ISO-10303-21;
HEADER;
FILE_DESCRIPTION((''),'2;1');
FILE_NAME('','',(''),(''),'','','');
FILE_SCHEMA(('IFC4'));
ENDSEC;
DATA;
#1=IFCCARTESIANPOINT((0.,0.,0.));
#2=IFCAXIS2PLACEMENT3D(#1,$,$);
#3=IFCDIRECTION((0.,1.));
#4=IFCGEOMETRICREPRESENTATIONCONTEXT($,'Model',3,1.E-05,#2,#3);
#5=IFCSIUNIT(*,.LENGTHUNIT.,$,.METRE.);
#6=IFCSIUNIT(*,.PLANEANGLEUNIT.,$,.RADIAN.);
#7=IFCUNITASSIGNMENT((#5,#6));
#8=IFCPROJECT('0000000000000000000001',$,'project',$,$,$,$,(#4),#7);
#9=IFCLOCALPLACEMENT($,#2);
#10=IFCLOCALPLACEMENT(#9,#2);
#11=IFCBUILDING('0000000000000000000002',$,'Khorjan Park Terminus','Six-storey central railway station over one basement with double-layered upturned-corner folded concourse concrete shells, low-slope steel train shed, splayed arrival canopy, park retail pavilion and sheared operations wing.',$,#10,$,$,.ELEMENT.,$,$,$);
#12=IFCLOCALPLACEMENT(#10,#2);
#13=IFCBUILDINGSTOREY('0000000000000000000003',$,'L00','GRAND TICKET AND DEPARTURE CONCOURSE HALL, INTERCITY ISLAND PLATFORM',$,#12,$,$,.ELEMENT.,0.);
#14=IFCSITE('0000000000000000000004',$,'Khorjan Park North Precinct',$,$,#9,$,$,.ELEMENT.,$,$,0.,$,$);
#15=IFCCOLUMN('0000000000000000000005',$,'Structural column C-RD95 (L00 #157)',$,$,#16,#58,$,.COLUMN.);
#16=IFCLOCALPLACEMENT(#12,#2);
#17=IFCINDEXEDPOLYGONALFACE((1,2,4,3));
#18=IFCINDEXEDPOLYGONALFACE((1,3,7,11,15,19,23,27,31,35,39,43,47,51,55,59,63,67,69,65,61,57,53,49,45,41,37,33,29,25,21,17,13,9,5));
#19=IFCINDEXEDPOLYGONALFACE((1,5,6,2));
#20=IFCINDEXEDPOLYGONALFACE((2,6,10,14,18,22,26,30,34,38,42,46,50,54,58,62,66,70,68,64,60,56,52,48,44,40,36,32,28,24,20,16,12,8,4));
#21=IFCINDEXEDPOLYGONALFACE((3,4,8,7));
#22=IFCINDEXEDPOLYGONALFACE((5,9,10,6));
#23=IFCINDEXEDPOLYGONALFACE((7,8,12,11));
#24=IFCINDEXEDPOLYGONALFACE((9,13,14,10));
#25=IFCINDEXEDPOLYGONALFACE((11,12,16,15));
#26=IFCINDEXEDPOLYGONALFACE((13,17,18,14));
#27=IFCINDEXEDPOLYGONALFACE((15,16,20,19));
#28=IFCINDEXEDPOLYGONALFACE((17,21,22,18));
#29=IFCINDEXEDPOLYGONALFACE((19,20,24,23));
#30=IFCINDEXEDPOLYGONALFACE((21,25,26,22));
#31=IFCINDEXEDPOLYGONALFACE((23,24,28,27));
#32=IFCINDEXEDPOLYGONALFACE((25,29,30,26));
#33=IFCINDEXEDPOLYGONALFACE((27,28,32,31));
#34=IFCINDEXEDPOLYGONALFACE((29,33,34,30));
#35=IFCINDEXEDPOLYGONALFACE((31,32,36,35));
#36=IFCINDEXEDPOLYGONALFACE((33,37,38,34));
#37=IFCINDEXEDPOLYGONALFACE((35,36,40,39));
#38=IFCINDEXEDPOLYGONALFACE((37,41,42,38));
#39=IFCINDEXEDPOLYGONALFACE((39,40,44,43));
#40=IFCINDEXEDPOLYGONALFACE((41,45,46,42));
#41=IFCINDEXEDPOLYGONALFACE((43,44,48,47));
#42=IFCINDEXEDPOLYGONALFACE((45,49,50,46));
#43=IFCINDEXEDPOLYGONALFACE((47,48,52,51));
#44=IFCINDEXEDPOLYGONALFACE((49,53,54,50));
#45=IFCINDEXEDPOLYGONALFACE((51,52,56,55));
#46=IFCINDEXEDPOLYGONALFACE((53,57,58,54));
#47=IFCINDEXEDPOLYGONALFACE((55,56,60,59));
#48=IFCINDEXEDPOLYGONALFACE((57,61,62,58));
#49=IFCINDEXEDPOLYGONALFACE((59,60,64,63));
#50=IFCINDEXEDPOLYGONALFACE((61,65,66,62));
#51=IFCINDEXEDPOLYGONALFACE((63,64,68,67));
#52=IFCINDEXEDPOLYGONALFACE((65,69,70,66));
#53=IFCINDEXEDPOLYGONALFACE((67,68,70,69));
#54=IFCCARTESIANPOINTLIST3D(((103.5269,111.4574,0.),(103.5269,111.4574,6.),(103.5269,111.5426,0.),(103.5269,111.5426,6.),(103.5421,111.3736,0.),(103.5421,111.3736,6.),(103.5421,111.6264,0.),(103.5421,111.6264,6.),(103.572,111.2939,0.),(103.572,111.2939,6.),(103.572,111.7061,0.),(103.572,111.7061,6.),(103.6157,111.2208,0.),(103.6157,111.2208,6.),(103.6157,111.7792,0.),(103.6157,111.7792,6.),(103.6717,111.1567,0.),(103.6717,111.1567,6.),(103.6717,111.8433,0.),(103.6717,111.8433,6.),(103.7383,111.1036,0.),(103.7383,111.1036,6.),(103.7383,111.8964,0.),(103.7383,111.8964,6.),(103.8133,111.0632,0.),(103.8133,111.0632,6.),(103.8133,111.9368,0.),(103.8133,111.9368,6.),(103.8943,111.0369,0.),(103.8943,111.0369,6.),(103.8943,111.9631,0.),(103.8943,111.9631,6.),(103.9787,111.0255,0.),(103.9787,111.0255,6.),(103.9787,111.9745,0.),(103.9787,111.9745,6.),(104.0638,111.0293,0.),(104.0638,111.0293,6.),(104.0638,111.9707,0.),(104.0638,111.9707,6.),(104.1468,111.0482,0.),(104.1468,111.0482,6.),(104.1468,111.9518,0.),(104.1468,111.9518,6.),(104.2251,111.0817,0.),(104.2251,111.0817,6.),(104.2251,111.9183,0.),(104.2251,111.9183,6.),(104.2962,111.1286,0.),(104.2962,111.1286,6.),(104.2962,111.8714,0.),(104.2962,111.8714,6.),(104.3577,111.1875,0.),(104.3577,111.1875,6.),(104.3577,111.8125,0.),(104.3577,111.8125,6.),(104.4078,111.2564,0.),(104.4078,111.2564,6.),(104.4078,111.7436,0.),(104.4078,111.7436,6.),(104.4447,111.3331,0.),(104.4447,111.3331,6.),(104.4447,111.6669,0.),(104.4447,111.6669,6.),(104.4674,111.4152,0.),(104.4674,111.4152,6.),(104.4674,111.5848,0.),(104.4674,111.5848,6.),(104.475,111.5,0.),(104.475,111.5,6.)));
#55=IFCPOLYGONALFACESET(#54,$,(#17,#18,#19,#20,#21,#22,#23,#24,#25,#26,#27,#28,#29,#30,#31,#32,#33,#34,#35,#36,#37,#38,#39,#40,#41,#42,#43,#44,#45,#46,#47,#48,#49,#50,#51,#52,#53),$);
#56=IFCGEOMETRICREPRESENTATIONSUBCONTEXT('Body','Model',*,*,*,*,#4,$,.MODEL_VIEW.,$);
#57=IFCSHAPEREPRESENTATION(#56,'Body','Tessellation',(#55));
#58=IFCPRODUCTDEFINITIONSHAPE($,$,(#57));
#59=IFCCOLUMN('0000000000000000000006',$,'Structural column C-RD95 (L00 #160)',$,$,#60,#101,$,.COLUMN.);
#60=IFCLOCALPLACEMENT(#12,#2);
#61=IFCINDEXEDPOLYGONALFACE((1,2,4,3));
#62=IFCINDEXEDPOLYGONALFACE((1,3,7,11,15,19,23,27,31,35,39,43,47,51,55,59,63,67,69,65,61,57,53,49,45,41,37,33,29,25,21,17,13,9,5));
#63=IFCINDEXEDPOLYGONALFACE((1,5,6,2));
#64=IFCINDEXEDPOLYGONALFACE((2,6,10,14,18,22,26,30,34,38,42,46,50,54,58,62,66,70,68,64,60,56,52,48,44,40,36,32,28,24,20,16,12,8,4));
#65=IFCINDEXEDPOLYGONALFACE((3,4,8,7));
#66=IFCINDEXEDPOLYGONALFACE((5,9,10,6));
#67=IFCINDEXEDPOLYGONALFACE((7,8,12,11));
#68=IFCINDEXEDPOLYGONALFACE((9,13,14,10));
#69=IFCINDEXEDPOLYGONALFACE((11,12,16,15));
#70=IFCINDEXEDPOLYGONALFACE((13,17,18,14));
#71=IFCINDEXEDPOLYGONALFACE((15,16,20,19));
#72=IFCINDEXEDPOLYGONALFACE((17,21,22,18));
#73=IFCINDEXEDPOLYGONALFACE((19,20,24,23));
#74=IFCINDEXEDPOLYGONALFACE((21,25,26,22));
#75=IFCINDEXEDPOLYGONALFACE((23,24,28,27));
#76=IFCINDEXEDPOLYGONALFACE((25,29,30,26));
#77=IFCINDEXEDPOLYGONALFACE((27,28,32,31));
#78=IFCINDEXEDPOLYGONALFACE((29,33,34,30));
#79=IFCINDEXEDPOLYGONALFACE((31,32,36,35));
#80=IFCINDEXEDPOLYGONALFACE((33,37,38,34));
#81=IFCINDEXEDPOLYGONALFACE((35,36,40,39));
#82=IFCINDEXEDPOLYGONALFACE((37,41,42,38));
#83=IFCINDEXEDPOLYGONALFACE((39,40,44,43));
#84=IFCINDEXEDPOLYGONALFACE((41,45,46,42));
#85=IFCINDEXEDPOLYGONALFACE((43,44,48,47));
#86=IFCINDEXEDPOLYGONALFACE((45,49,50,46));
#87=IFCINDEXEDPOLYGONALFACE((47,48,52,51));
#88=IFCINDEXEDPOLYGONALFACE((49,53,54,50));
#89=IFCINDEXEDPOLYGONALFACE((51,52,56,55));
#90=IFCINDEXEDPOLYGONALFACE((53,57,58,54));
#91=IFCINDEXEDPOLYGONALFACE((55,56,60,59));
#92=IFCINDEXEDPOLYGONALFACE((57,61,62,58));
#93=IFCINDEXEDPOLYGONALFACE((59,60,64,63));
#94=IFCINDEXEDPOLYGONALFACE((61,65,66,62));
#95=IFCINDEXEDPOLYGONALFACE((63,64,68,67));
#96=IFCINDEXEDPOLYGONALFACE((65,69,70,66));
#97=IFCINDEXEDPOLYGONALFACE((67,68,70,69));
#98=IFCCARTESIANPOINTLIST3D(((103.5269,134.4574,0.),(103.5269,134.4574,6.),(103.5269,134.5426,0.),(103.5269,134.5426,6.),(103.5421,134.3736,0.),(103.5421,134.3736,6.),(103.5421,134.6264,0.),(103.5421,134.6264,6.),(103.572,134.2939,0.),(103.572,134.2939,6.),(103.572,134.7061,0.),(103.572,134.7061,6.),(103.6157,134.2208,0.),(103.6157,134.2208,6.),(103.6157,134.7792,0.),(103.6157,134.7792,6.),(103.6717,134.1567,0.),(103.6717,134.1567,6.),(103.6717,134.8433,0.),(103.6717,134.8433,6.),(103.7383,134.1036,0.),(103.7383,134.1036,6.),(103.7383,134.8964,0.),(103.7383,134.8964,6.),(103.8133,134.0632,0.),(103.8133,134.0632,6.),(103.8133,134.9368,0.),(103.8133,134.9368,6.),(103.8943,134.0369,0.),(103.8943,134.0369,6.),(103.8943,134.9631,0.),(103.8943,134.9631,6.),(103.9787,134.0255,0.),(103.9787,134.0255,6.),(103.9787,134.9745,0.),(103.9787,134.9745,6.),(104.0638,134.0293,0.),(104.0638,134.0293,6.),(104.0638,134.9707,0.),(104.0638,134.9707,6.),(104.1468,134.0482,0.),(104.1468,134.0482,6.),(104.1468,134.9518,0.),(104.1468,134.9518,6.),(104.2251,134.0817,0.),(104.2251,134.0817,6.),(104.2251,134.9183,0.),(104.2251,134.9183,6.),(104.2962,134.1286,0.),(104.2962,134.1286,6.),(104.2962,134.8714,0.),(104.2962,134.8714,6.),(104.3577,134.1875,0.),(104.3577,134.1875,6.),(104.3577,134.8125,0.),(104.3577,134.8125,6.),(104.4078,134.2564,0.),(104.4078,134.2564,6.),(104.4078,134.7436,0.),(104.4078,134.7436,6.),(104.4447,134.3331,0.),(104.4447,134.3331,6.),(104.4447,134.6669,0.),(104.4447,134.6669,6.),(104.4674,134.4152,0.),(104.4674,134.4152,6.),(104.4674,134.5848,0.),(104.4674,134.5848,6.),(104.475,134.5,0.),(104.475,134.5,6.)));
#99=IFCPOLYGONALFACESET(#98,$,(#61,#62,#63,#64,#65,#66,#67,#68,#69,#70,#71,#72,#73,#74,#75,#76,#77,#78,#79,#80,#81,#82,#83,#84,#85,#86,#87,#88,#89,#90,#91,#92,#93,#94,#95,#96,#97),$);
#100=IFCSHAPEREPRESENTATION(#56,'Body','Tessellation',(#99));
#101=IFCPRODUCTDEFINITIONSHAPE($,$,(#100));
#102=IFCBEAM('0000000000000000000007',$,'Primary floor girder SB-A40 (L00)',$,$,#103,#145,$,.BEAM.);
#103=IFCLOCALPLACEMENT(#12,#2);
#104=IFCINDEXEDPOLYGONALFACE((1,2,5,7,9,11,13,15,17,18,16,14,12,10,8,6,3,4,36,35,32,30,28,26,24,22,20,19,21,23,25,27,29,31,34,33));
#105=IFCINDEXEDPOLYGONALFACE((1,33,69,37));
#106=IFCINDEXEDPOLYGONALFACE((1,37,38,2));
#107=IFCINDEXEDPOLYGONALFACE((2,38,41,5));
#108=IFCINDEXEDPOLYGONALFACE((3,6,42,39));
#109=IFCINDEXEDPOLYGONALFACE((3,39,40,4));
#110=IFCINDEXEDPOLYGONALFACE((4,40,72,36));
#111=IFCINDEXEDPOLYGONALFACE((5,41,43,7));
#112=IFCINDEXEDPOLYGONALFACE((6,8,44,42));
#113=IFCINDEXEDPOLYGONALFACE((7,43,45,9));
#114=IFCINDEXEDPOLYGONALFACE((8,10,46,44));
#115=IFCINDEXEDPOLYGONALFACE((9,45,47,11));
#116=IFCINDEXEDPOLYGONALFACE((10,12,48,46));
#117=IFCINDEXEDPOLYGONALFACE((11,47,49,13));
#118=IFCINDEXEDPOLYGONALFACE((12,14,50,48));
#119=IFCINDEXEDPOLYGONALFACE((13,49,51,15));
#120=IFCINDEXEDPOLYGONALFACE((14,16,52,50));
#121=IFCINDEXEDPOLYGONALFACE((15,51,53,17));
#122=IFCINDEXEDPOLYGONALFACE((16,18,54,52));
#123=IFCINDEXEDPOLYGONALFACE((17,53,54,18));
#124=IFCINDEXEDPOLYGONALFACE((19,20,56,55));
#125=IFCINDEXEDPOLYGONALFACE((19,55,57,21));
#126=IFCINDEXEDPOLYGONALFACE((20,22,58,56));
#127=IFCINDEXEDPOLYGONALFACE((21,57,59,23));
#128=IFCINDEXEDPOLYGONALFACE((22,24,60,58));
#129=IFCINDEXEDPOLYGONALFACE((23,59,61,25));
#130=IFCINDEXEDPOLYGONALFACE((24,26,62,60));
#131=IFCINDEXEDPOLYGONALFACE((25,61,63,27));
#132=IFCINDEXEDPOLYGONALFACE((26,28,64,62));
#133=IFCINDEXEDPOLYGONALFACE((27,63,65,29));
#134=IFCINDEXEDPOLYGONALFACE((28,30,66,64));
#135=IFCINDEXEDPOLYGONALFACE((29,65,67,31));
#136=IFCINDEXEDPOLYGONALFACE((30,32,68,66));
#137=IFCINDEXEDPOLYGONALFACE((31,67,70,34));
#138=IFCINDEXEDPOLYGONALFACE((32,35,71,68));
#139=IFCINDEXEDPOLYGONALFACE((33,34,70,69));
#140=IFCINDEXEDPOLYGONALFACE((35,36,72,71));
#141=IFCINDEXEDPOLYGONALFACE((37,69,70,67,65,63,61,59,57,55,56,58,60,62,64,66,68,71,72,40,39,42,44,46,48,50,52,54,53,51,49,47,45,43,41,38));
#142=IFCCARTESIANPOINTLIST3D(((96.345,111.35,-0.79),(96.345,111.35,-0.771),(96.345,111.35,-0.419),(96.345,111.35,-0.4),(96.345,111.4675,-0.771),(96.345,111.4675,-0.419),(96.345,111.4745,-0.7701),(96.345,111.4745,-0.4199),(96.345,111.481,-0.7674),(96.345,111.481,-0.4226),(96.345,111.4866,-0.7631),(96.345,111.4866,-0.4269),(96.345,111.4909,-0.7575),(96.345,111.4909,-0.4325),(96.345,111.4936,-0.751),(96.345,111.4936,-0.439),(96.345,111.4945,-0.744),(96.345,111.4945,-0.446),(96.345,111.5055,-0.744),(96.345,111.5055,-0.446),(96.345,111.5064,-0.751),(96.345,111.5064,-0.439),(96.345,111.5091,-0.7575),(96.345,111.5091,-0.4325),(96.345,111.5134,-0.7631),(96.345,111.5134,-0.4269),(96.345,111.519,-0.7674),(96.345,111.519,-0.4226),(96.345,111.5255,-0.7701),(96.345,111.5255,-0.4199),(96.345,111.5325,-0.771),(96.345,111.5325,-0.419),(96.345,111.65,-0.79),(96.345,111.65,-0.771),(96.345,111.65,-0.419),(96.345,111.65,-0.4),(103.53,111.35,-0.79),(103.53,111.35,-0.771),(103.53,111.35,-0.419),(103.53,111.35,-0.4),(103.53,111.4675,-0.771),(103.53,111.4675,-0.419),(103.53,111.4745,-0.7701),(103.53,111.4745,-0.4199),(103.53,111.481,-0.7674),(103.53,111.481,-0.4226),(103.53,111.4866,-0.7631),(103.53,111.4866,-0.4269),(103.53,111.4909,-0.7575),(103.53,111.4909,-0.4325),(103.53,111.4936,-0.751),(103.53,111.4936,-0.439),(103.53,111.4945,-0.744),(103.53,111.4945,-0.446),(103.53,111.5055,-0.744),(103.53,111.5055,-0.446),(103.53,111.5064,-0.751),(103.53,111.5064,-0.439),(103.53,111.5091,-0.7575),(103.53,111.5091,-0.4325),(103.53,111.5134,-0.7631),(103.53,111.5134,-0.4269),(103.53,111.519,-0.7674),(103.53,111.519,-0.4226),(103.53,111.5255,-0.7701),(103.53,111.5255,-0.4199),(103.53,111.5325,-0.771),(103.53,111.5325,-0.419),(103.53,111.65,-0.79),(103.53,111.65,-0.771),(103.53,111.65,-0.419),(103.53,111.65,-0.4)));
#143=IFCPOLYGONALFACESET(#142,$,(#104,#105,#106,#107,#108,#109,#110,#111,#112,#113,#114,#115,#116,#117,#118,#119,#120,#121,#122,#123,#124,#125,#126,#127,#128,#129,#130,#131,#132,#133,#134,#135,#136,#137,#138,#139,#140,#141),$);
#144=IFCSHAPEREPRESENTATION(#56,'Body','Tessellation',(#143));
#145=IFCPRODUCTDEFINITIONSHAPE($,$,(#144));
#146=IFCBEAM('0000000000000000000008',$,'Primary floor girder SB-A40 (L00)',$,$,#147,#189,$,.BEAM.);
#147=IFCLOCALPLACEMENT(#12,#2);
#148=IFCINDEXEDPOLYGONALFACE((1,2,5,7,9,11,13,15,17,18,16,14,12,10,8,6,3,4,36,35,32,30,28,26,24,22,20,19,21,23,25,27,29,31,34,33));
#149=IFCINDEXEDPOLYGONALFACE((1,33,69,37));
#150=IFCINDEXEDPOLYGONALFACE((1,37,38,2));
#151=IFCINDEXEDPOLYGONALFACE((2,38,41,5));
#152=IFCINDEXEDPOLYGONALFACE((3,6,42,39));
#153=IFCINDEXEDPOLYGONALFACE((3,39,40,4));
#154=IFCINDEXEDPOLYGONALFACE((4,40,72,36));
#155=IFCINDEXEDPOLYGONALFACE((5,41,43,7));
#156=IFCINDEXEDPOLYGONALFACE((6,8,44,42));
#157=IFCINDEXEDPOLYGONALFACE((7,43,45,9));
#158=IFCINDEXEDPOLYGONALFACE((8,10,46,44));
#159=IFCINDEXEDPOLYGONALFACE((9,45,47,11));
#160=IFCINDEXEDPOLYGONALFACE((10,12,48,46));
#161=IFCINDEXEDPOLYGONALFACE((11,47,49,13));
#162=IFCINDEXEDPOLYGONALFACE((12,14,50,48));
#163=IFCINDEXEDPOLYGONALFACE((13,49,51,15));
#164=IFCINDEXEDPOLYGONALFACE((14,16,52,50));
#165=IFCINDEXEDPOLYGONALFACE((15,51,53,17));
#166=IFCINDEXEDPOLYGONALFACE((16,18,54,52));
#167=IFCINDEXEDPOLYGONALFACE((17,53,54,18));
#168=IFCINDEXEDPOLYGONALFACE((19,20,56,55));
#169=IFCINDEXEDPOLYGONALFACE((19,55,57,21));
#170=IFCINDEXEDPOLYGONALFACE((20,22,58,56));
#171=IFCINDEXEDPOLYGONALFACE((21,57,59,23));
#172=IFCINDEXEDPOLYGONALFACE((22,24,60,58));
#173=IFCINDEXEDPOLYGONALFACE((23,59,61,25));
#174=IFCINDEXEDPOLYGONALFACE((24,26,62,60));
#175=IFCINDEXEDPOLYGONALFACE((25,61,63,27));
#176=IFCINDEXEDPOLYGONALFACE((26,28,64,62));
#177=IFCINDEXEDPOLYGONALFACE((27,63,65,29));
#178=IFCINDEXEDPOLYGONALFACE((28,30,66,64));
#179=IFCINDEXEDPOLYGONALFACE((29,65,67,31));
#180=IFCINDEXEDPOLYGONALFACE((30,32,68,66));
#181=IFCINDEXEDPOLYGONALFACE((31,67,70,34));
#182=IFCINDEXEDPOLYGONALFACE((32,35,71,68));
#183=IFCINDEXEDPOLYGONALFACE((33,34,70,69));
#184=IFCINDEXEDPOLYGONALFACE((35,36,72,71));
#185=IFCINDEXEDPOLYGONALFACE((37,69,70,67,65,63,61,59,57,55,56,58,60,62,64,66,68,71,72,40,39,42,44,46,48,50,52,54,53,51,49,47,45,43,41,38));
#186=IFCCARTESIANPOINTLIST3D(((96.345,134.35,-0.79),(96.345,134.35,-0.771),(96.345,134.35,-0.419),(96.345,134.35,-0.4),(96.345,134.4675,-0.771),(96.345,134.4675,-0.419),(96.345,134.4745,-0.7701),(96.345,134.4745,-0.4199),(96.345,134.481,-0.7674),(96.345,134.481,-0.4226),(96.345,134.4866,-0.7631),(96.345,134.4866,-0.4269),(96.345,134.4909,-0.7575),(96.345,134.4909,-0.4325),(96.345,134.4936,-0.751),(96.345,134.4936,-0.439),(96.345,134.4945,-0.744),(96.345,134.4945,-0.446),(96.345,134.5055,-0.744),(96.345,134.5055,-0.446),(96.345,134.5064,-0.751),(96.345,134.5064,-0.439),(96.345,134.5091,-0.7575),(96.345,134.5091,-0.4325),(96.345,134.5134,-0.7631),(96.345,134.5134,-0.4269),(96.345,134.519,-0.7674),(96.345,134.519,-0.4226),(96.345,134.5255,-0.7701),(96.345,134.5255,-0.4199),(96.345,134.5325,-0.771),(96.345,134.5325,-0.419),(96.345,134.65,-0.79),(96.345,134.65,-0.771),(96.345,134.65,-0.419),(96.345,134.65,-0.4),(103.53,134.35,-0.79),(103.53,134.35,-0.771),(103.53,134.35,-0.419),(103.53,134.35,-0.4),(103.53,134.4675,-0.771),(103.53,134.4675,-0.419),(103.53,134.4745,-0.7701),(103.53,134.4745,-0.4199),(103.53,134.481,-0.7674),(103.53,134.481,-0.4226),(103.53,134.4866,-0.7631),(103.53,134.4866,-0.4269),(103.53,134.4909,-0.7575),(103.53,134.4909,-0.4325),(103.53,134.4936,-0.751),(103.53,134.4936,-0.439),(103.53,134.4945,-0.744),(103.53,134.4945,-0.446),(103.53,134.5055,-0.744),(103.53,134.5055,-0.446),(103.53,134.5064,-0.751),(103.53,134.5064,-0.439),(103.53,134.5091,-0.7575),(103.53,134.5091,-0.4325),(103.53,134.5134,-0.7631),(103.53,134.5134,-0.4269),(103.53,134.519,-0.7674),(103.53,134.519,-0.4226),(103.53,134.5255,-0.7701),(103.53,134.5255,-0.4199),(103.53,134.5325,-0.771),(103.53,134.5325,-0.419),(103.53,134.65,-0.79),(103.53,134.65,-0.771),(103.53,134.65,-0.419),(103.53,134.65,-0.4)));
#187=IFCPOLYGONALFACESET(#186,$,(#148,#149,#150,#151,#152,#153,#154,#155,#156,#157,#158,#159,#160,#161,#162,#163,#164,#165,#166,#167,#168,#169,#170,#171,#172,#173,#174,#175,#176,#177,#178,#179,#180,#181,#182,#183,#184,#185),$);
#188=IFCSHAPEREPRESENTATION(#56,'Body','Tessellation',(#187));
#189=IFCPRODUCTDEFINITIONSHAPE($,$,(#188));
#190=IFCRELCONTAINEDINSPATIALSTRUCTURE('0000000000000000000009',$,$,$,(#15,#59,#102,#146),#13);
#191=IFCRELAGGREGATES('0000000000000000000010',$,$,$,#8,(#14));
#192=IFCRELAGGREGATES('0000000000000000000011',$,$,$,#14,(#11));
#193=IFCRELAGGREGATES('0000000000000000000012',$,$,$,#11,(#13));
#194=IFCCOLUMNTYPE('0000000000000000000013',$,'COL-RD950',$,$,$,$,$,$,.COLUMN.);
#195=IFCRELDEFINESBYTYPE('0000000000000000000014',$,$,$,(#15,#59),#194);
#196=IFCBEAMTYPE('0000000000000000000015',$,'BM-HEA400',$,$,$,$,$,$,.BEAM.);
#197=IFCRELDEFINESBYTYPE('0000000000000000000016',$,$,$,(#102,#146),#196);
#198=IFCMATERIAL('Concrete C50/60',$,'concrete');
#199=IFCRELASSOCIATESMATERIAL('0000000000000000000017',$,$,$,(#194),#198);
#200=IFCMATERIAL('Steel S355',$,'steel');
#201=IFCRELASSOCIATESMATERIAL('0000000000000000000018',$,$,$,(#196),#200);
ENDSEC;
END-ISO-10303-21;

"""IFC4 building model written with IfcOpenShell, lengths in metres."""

from ifc_helpers import new_model, si_unit, direction, frame, origin, origin_2d, place, context, subcontext, project, spatial, circle, i_section, extrude, material, material_profile, profile_set, type_object, element, save


model = new_model("IFC4")

# Units and contexts
model_context = context("Model", 3, precision=1e-05, world=origin(), true_north=direction((0.0, 1.0)))
body_context = subcontext(model_context, "Body", "Model", "MODEL_VIEW")
ifc_project = project(units=[si_unit("LENGTHUNIT", "METRE"), si_unit("PLANEANGLEUNIT", "RADIAN")], contexts=[model_context])

# Site, building, storey
site_placement = place(None, origin())
site = spatial("IfcSite", under=ifc_project, at=site_placement, Name="Khorjan Park North Precinct", CompositionType="ELEMENT", RefElevation=0.0)
building_placement = place(site_placement, origin())
building = spatial("IfcBuilding", under=site, at=building_placement, Name="Khorjan Park Terminus", Description="Six-storey central railway station over one basement with double-layered upturned-corner folded concourse concrete shells, low-slope steel train shed, splayed arrival canopy, park retail pavilion and sheared operations wing.", CompositionType="ELEMENT")
storey_placement = place(building_placement, origin())
storey = spatial("IfcBuildingStorey", under=building, at=storey_placement, Name="L00", Description="GRAND TICKET AND DEPARTURE CONCOURSE HALL, INTERCITY ISLAND PLATFORM", CompositionType="ELEMENT", Elevation=0.0)

# Columns
ifc_material_1 = material(Name="Concrete C50/60", Category="concrete")
ifc_material_profile_1 = material_profile(ifc_material_1, circle(Radius=0.475, at=origin_2d()), Name="RC D950")
ifc_profile_set_1 = profile_set([ifc_material_profile_1], Name="Concrete C50/60")
column_type = type_object("IfcColumnType", Name="COL-RD950", PredefinedType="COLUMN", material=ifc_profile_set_1)
for number, where, z_axis, x_axis, name in (
    (1, (104.0, 111.5, 0.0), (0.0, 0.0, 1.0), (1.0, 0.0, 0.0), "Structural column C-RD95 (L00 #157)"),
    (2, (104.0, 134.5, 0.0), (0.0, 0.0, 1.0), (1.0, 0.0, 0.0), "Structural column C-RD95 (L00 #160)"),
):
    element("IfcColumn", number, at=place(storey_placement, frame(where, z_axis=z_axis, x_axis=x_axis)), inside=storey, type_object=column_type, Name=name, PredefinedType="COLUMN", context=body_context, shape_type="SweptSolid", body=[
        extrude(circle(Radius=0.475, at=origin_2d()), origin(), (0.0, 0.0, 1.0), 6.0),
    ])

# Beams
ifc_material_2 = material(Name="Steel S355", Category="steel")
ifc_material_profile_2 = material_profile(ifc_material_2, i_section(OverallWidth=0.3, OverallDepth=0.39, WebThickness=0.011, FlangeThickness=0.019, FilletRadius=0.027, at=origin_2d()), Name="HEA 400")
ifc_profile_set_2 = profile_set([ifc_material_profile_2], Name="Steel S355")
beam_type_1 = type_object("IfcBeamType", Name="BM-HEA400", PredefinedType="BEAM", material=ifc_profile_set_2)
for number, where, z_axis, x_axis, name in (
    (3, (96.345, 111.5, -0.595), (1.0, 0.0, 0.0), (0.0, 1.0, 0.0), "Primary floor girder SB-A40 (L00)"),
    (4, (96.345, 134.5, -0.595), (1.0, 0.0, 0.0), (0.0, 1.0, 0.0), "Primary floor girder SB-A40 (L00)"),
):
    element("IfcBeam", number, at=place(storey_placement, frame(where, z_axis=z_axis, x_axis=x_axis)), inside=storey, type_object=beam_type_1, Name=name, PredefinedType="BEAM", context=body_context, shape_type="SweptSolid", body=[
        extrude(i_section(OverallWidth=0.3, OverallDepth=0.39, WebThickness=0.011, FlangeThickness=0.019, FilletRadius=0.027, at=origin_2d()), origin(), (0.0, 0.0, 1.0), 7.185),
    ])

save(model, "model.ifc")
